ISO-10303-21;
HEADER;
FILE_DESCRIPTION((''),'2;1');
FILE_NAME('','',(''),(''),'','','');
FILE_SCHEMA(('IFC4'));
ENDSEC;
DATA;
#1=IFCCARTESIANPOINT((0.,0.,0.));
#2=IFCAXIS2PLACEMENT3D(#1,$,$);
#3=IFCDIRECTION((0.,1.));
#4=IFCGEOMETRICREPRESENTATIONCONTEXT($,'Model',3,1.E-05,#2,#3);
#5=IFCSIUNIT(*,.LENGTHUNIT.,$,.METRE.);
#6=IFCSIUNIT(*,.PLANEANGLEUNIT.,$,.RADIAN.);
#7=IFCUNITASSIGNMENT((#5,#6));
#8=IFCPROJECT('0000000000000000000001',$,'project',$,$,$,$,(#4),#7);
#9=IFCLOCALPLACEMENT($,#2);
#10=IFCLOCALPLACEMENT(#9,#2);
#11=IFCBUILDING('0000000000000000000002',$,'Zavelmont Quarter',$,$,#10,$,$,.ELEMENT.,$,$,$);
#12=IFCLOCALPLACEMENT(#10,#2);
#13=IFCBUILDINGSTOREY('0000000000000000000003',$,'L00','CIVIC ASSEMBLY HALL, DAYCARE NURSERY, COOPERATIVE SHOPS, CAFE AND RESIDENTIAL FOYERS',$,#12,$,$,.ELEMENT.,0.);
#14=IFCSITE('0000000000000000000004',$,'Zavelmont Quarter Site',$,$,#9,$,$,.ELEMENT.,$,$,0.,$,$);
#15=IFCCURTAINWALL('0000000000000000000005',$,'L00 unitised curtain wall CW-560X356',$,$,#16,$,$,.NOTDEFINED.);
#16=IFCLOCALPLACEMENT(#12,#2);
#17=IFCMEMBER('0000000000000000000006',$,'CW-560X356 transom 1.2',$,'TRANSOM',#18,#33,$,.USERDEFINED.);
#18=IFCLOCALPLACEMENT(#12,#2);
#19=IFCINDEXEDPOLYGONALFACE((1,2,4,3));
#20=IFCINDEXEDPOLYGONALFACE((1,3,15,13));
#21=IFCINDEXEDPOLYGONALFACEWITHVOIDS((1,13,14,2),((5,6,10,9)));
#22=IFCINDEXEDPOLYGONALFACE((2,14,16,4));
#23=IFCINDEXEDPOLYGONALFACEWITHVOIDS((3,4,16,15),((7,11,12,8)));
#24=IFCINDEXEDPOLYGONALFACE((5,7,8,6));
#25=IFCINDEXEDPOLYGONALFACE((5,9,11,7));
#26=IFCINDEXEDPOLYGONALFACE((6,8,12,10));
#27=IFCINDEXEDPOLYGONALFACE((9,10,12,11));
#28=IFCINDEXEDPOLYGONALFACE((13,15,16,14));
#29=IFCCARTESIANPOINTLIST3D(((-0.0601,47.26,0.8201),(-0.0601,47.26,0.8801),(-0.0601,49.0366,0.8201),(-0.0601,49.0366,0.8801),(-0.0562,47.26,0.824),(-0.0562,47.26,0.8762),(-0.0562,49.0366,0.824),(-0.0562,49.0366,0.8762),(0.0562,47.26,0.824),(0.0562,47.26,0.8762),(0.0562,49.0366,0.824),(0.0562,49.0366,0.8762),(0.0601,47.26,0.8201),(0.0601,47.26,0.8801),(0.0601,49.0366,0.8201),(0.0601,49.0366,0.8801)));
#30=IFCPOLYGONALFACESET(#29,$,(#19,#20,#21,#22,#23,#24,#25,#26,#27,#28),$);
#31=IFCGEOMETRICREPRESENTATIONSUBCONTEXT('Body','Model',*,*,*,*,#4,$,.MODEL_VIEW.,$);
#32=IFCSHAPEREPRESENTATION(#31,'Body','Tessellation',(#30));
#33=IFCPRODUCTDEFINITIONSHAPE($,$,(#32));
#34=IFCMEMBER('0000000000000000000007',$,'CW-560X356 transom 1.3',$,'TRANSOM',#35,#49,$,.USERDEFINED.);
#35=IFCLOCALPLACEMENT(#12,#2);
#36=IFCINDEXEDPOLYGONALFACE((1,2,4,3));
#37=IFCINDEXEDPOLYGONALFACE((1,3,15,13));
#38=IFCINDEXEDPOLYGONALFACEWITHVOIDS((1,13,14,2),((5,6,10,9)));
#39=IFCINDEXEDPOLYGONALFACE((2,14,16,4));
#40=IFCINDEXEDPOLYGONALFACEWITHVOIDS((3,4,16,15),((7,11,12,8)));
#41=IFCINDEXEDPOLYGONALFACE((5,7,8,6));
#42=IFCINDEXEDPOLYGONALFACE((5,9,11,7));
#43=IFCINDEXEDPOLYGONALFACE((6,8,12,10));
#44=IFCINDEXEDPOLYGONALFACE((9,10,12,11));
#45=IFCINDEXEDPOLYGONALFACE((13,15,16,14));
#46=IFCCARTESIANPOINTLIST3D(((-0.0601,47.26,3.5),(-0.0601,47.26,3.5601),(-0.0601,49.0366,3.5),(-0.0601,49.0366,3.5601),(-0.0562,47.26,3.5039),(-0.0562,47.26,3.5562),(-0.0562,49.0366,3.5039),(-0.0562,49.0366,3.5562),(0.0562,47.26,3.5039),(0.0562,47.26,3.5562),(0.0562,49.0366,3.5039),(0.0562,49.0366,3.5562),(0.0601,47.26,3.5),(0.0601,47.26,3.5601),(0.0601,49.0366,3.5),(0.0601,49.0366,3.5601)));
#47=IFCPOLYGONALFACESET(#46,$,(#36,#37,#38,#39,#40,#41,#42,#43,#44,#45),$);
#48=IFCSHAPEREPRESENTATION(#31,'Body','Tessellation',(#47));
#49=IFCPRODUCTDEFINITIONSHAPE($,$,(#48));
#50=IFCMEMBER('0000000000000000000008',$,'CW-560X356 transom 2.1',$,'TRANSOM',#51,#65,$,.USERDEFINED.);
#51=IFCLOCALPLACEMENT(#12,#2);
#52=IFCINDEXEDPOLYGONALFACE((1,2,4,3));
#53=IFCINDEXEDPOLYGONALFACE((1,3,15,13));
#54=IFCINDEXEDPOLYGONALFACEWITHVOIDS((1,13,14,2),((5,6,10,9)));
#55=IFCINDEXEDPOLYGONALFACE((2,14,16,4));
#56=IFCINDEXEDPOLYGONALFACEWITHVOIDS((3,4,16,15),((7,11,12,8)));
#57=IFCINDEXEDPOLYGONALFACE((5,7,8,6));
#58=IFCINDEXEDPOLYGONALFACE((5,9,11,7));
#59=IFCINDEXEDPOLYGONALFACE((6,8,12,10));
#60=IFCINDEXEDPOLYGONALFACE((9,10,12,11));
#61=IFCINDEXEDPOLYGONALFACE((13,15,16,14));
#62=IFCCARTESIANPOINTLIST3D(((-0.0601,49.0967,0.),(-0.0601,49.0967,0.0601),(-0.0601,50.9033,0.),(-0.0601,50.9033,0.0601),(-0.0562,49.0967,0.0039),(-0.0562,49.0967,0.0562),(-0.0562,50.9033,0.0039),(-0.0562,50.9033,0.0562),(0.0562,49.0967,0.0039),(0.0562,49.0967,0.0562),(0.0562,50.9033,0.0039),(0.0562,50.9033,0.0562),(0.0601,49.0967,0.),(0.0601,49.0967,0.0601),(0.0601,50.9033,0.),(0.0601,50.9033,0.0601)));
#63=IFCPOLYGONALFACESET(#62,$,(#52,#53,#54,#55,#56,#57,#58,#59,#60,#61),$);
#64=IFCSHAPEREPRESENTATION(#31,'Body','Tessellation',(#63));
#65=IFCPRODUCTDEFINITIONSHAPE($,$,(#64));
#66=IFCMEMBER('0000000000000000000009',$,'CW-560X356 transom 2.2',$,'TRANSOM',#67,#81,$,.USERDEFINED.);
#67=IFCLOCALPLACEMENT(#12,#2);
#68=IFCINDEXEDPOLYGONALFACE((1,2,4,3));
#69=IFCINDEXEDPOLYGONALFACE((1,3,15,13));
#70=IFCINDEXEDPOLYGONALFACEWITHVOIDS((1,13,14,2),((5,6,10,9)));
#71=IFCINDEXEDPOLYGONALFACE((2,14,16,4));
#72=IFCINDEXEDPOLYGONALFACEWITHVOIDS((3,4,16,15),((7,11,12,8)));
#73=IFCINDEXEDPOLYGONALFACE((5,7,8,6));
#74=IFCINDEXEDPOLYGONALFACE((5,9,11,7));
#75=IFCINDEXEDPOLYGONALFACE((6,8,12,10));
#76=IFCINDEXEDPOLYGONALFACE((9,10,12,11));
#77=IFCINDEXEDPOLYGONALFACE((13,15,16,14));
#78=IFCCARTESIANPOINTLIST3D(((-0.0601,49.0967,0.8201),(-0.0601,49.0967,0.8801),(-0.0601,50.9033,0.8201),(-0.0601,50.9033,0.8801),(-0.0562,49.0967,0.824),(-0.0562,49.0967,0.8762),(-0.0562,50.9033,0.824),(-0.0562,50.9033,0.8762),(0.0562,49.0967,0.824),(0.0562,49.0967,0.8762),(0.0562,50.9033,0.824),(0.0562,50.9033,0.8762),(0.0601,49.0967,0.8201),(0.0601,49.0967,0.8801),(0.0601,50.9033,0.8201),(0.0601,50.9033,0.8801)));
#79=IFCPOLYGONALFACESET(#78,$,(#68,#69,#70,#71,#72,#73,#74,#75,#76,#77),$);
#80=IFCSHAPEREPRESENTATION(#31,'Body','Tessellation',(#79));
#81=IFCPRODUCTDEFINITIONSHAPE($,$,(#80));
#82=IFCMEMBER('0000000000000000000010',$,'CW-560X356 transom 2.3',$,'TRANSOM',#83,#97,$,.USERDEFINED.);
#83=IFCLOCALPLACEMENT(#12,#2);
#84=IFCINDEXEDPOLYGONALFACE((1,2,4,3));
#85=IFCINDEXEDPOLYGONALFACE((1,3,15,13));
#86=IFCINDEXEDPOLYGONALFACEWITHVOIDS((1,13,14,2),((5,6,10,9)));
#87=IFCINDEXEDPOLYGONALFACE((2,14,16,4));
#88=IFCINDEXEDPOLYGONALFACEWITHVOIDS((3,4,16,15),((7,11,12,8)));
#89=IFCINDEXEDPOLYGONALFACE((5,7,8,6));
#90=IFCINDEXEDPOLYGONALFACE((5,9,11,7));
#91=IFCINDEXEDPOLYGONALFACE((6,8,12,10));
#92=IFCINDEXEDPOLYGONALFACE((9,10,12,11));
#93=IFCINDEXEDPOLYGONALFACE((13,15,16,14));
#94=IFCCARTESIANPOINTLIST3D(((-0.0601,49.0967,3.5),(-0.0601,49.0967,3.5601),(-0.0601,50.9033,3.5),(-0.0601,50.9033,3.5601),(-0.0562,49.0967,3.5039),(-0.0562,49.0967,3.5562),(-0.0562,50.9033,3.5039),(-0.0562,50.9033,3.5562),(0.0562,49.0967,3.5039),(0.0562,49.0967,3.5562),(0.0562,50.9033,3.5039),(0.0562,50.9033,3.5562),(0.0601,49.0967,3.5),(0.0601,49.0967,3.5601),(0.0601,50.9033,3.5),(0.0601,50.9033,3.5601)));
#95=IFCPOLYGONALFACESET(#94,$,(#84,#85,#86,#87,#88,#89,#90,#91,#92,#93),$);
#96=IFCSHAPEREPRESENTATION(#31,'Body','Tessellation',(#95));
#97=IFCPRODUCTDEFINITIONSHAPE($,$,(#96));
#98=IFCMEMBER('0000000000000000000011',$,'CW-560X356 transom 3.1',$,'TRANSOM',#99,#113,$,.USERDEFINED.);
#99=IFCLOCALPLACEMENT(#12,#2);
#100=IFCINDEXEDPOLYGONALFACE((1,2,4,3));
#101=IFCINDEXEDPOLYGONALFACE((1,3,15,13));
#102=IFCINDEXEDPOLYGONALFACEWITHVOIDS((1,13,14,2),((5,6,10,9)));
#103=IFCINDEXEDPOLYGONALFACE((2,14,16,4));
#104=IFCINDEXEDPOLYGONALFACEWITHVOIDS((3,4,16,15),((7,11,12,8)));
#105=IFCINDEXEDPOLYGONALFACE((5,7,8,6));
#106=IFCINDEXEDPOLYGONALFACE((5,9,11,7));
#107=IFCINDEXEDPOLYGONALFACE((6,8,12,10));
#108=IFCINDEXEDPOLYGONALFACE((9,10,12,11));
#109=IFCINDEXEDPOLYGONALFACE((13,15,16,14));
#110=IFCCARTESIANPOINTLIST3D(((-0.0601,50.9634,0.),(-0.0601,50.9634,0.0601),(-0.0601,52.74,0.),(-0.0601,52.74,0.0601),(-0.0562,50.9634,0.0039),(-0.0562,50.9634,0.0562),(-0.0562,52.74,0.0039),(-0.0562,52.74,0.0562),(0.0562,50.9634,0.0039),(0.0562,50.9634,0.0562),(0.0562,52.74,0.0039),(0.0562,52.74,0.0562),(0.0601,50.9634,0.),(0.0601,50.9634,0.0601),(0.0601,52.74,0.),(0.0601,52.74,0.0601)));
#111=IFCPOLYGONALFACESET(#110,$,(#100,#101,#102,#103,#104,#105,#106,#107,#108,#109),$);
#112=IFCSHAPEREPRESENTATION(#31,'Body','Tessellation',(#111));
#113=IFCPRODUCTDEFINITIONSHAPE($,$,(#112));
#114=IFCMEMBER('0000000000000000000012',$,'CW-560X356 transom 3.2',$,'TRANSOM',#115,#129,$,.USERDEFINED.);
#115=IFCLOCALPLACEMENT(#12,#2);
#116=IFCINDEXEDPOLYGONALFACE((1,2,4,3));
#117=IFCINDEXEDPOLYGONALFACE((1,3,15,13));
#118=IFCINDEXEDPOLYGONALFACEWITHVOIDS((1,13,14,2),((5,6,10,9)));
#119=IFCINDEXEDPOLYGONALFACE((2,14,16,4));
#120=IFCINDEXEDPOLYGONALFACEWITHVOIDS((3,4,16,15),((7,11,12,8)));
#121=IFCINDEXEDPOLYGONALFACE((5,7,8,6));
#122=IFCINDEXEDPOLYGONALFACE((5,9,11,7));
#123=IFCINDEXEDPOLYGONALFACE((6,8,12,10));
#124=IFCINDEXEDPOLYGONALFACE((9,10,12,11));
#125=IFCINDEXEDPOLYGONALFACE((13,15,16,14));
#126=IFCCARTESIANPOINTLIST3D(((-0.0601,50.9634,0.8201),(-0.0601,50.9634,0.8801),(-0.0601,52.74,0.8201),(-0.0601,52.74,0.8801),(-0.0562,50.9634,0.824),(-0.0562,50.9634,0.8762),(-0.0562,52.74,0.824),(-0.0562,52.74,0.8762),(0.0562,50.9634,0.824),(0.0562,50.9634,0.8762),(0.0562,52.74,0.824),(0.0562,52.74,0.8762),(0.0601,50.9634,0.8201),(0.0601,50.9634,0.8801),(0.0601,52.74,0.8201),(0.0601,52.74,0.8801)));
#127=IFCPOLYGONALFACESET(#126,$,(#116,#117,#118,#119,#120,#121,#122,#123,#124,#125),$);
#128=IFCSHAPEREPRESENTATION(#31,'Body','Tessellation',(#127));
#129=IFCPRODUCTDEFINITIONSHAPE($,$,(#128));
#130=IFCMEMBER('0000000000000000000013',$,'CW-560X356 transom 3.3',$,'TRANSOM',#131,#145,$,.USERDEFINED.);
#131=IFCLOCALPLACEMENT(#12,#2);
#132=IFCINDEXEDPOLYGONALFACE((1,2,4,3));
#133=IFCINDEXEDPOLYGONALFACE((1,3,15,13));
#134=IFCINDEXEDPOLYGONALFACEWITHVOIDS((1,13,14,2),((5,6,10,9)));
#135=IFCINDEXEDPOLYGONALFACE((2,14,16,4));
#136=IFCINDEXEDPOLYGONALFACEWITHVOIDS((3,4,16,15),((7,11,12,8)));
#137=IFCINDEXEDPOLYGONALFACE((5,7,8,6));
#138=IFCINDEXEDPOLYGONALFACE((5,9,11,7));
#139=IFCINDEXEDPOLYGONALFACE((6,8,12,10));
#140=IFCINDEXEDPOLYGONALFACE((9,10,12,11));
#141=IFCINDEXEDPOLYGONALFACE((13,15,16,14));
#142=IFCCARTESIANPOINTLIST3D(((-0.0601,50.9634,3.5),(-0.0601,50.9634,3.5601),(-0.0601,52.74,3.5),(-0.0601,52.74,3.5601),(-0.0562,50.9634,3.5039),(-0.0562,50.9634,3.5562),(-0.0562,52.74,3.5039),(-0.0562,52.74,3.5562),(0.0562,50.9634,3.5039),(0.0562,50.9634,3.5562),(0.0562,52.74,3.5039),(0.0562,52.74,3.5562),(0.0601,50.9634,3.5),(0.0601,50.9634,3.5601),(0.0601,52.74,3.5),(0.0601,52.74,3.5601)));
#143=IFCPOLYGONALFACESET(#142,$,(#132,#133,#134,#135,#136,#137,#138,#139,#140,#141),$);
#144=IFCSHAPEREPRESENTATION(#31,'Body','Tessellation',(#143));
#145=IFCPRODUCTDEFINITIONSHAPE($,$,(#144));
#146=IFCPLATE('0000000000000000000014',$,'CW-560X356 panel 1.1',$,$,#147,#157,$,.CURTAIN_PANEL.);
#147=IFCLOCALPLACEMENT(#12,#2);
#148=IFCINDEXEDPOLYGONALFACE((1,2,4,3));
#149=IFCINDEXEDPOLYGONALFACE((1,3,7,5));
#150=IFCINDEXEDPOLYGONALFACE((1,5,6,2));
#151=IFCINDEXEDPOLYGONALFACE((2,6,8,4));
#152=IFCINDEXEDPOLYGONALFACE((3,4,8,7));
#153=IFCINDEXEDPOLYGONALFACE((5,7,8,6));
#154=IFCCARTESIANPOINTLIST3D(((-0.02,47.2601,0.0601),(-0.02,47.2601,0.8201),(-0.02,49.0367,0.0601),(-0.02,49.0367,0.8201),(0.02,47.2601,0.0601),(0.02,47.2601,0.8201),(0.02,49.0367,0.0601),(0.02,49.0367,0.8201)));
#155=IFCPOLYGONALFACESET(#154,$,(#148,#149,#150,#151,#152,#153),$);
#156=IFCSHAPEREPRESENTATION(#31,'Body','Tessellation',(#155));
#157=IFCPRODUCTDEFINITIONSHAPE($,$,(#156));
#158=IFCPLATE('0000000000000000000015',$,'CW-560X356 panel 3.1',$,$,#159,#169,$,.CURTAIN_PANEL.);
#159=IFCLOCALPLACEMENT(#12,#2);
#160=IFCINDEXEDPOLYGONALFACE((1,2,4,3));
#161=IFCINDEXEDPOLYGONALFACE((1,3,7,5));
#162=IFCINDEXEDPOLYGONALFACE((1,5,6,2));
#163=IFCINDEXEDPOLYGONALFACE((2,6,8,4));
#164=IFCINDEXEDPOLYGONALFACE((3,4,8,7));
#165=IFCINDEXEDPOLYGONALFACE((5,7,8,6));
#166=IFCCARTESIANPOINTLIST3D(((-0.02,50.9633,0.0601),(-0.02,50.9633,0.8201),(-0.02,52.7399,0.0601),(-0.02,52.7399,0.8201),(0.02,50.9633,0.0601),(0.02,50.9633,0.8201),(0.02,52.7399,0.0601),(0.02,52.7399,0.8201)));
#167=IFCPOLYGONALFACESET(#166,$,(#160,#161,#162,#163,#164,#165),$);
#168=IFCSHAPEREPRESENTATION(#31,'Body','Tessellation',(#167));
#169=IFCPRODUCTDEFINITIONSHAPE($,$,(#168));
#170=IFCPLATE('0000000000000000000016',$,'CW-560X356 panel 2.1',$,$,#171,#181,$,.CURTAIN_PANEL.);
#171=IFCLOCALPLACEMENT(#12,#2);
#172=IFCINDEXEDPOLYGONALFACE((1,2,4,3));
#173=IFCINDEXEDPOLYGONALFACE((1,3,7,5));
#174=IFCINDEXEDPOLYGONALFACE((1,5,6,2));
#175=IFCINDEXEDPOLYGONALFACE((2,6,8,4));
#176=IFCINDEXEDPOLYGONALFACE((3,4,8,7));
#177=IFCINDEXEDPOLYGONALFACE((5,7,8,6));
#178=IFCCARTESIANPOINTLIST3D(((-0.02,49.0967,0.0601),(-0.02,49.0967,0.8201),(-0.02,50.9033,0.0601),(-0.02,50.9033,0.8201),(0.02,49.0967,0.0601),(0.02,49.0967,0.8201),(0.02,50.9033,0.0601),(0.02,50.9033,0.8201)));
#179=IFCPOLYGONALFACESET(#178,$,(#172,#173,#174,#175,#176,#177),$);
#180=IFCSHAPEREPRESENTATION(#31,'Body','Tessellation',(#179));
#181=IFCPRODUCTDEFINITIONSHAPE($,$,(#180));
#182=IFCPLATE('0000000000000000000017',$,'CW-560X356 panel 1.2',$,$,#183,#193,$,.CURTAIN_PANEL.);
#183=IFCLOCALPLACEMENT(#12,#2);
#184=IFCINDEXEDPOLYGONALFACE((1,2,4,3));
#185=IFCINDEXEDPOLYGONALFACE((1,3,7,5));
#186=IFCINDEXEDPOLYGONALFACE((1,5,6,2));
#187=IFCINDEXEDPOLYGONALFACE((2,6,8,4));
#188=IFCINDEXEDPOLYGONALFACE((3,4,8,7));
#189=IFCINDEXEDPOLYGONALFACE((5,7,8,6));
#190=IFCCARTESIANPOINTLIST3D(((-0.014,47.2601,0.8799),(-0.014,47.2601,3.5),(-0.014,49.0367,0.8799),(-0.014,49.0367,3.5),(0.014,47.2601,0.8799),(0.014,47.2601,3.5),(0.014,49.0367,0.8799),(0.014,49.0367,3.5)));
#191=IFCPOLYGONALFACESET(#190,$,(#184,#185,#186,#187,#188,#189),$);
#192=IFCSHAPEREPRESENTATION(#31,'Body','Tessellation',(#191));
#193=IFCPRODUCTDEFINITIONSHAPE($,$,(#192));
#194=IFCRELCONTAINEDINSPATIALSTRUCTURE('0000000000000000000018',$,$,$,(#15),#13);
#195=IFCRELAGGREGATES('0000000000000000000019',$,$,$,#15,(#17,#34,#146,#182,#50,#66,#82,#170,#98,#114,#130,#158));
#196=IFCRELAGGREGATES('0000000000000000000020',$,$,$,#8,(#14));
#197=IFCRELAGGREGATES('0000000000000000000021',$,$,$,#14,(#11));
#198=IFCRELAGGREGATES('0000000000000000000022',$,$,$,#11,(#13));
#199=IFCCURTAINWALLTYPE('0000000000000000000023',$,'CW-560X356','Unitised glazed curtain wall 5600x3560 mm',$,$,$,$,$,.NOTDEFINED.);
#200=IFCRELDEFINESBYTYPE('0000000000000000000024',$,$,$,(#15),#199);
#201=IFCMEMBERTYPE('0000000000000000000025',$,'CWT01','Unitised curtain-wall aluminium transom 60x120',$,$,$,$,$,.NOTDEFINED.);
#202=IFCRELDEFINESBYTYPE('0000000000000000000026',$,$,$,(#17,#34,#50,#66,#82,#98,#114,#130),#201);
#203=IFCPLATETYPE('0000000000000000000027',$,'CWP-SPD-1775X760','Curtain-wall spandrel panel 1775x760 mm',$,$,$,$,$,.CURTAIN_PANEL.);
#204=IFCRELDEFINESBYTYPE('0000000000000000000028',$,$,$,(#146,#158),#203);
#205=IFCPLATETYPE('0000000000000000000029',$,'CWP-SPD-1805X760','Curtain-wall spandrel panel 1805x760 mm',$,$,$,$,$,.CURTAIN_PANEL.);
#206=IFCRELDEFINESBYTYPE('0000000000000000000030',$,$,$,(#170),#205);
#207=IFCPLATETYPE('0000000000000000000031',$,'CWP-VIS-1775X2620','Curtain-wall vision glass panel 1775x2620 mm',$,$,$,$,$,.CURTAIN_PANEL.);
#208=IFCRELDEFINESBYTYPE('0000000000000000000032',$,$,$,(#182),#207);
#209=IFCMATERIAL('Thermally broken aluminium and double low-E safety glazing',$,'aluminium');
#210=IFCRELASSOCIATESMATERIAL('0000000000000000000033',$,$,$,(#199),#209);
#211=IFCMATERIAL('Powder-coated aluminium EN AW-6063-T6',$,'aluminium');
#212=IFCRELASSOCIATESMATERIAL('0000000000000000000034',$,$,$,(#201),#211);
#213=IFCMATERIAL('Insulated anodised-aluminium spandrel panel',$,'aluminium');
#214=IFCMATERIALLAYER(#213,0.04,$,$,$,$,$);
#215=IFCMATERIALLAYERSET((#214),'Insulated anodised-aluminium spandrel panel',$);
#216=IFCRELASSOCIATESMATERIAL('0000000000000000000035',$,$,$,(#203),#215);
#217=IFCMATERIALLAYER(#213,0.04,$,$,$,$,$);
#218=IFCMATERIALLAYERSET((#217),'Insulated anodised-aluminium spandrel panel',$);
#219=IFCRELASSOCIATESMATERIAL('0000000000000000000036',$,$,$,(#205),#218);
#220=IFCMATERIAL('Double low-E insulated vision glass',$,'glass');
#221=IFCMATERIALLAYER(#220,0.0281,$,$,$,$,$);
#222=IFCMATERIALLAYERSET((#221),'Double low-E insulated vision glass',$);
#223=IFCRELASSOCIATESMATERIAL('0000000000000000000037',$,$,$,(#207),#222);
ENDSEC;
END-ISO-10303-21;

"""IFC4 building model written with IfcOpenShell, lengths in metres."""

from ifc_helpers import new_model, si_unit, direction, frame, origin, origin_2d, place, context, subcontext, project, spatial, rectangle, hollow_rectangle, extrude, material, layer, layer_set, material_profile, profile_set, type_object, element, aggregate, save


model = new_model("IFC4")

# Units and contexts
model_context = context("Model", 3, precision=1e-05, world=origin(), true_north=direction((0.0, 1.0)))
body_context = subcontext(model_context, "Body", "Model", "MODEL_VIEW")
ifc_project = project(units=[si_unit("LENGTHUNIT", "METRE"), si_unit("PLANEANGLEUNIT", "RADIAN")], contexts=[model_context])

# Site, building, storey
site_placement = place(None, origin())
site = spatial("IfcSite", under=ifc_project, at=site_placement, Name="Zavelmont Quarter Site", CompositionType="ELEMENT", RefElevation=0.0)
building_placement = place(site_placement, origin())
building = spatial("IfcBuilding", under=site, at=building_placement, Name="Zavelmont Quarter", CompositionType="ELEMENT")
storey_placement = place(building_placement, origin())
storey = spatial("IfcBuildingStorey", under=building, at=storey_placement, Name="L00", Description="CIVIC ASSEMBLY HALL, DAYCARE NURSERY, COOPERATIVE SHOPS, CAFE AND RESIDENTIAL FOYERS", CompositionType="ELEMENT", Elevation=0.0)

# Curtain wall, members, plates
ifc_material_1 = material(Name="Thermally broken aluminium and double low-E safety glazing", Category="aluminium")
curtain_wall_type = type_object("IfcCurtainWallType", Name="CW-560X356", Description="Unitised glazed curtain wall 5600x3560 mm", PredefinedType="NOTDEFINED", material=ifc_material_1)
curtain_wall_placement = place(storey_placement, origin())
curtain_wall = element("IfcCurtainWall", 1, at=curtain_wall_placement, inside=storey, type_object=curtain_wall_type, Name="L00 unitised curtain wall CW-560X356", PredefinedType="NOTDEFINED")
ifc_material_2 = material(Name="Powder-coated aluminium EN AW-6063-T6", Category="aluminium")
ifc_material_profile_1 = material_profile(ifc_material_2, hollow_rectangle(XDim=0.1201, YDim=0.0601, WallThickness=0.0039, at=origin_2d()), Name="CWT60X120")
ifc_profile_set_1 = profile_set([ifc_material_profile_1], Name="Powder-coated aluminium EN AW-6063-T6")
member_type_1 = type_object("IfcMemberType", Name="CWT01", Description="Unitised curtain-wall aluminium transom 60x120", PredefinedType="NOTDEFINED", material=ifc_profile_set_1)
member_1_placement = place(storey_placement, frame((0.0, 47.26, 0.8501), z_axis=(0.0, 1.0, 0.0), x_axis=(-1.0, 0.0, 0.0)))
member_1 = element("IfcMember", 2, at=member_1_placement, type_object=member_type_1, Name="CW-560X356 transom 1.2", ObjectType="TRANSOM", PredefinedType="USERDEFINED", context=body_context, shape_type="SweptSolid", body=[
    extrude(hollow_rectangle(XDim=0.1201, YDim=0.0601, WallThickness=0.0039, at=origin_2d()), origin(), (0.0, 0.0, 1.0), 1.7766),
])
member_2_placement = place(storey_placement, frame((0.0, 47.26, 3.53), z_axis=(0.0, 1.0, 0.0), x_axis=(-1.0, 0.0, 0.0)))
member_2 = element("IfcMember", 3, at=member_2_placement, type_object=member_type_1, Name="CW-560X356 transom 1.3", ObjectType="TRANSOM", PredefinedType="USERDEFINED", context=body_context, shape_type="SweptSolid", body=[
    extrude(hollow_rectangle(XDim=0.1201, YDim=0.0601, WallThickness=0.0039, at=origin_2d()), origin(), (0.0, 0.0, 1.0), 1.7766),
])
member_3_placement = place(storey_placement, frame((0.0, 49.0967, 0.03), z_axis=(0.0, 1.0, 0.0), x_axis=(-1.0, 0.0, 0.0)))
member_3 = element("IfcMember", 4, at=member_3_placement, type_object=member_type_1, Name="CW-560X356 transom 2.1", ObjectType="TRANSOM", PredefinedType="USERDEFINED", context=body_context, shape_type="SweptSolid", body=[
    extrude(hollow_rectangle(XDim=0.1201, YDim=0.0601, WallThickness=0.0039, at=origin_2d()), origin(), (0.0, 0.0, 1.0), 1.8066),
])
member_4_placement = place(storey_placement, frame((0.0, 49.0967, 0.8501), z_axis=(0.0, 1.0, 0.0), x_axis=(-1.0, 0.0, 0.0)))
member_4 = element("IfcMember", 5, at=member_4_placement, type_object=member_type_1, Name="CW-560X356 transom 2.2", ObjectType="TRANSOM", PredefinedType="USERDEFINED", context=body_context, shape_type="SweptSolid", body=[
    extrude(hollow_rectangle(XDim=0.1201, YDim=0.0601, WallThickness=0.0039, at=origin_2d()), origin(), (0.0, 0.0, 1.0), 1.8066),
])
member_5_placement = place(storey_placement, frame((0.0, 49.0967, 3.53), z_axis=(0.0, 1.0, 0.0), x_axis=(-1.0, 0.0, 0.0)))
member_5 = element("IfcMember", 6, at=member_5_placement, type_object=member_type_1, Name="CW-560X356 transom 2.3", ObjectType="TRANSOM", PredefinedType="USERDEFINED", context=body_context, shape_type="SweptSolid", body=[
    extrude(hollow_rectangle(XDim=0.1201, YDim=0.0601, WallThickness=0.0039, at=origin_2d()), origin(), (0.0, 0.0, 1.0), 1.8066),
])
member_6_placement = place(storey_placement, frame((0.0, 50.9634, 0.03), z_axis=(0.0, 1.0, 0.0), x_axis=(-1.0, 0.0, 0.0)))
member_6 = element("IfcMember", 7, at=member_6_placement, type_object=member_type_1, Name="CW-560X356 transom 3.1", ObjectType="TRANSOM", PredefinedType="USERDEFINED", context=body_context, shape_type="SweptSolid", body=[
    extrude(hollow_rectangle(XDim=0.1201, YDim=0.0601, WallThickness=0.0039, at=origin_2d()), origin(), (0.0, 0.0, 1.0), 1.7766),
])
member_7_placement = place(storey_placement, frame((0.0, 50.9634, 0.8501), z_axis=(0.0, 1.0, 0.0), x_axis=(-1.0, 0.0, 0.0)))
member_7 = element("IfcMember", 8, at=member_7_placement, type_object=member_type_1, Name="CW-560X356 transom 3.2", ObjectType="TRANSOM", PredefinedType="USERDEFINED", context=body_context, shape_type="SweptSolid", body=[
    extrude(hollow_rectangle(XDim=0.1201, YDim=0.0601, WallThickness=0.0039, at=origin_2d()), origin(), (0.0, 0.0, 1.0), 1.7766),
])
member_8_placement = place(storey_placement, frame((0.0, 50.9634, 3.53), z_axis=(0.0, 1.0, 0.0), x_axis=(-1.0, 0.0, 0.0)))
member_8 = element("IfcMember", 9, at=member_8_placement, type_object=member_type_1, Name="CW-560X356 transom 3.3", ObjectType="TRANSOM", PredefinedType="USERDEFINED", context=body_context, shape_type="SweptSolid", body=[
    extrude(hollow_rectangle(XDim=0.1201, YDim=0.0601, WallThickness=0.0039, at=origin_2d()), origin(), (0.0, 0.0, 1.0), 1.7766),
])
ifc_material_3 = material(Name="Insulated anodised-aluminium spandrel panel", Category="aluminium")
ifc_layer_1 = layer(ifc_material_3, 0.04)
ifc_layer_set_1 = layer_set([ifc_layer_1], Name="Insulated anodised-aluminium spandrel panel")
plate_type_1 = type_object("IfcPlateType", Name="CWP-SPD-1775X760", Description="Curtain-wall spandrel panel 1775x760 mm", PredefinedType="CURTAIN_PANEL", material=ifc_layer_set_1)
plate_1_placement = place(storey_placement, frame((0.0, 48.1484, 0.0601), z_axis=(0.0, 0.0, 1.0), x_axis=(0.0, 1.0, 0.0)))
plate_1 = element("IfcPlate", 10, at=plate_1_placement, type_object=plate_type_1, Name="CW-560X356 panel 1.1", PredefinedType="CURTAIN_PANEL", context=body_context, shape_type="SweptSolid", body=[
    extrude(rectangle(XDim=1.7766, YDim=0.04, at=origin_2d()), origin(), (0.0, 0.0, 1.0), 0.76),
])
plate_2_placement = place(storey_placement, frame((0.0, 51.8516, 0.0601), z_axis=(0.0, 0.0, 1.0), x_axis=(0.0, 1.0, 0.0)))
plate_2 = element("IfcPlate", 11, at=plate_2_placement, type_object=plate_type_1, Name="CW-560X356 panel 3.1", PredefinedType="CURTAIN_PANEL", context=body_context, shape_type="SweptSolid", body=[
    extrude(rectangle(XDim=1.7766, YDim=0.04, at=origin_2d()), origin(), (0.0, 0.0, 1.0), 0.76),
])
ifc_layer_2 = layer(ifc_material_3, 0.04)
ifc_layer_set_2 = layer_set([ifc_layer_2], Name="Insulated anodised-aluminium spandrel panel")
plate_type_2 = type_object("IfcPlateType", Name="CWP-SPD-1805X760", Description="Curtain-wall spandrel panel 1805x760 mm", PredefinedType="CURTAIN_PANEL", material=ifc_layer_set_2)
plate_3_placement = place(storey_placement, frame((0.0, 50.0, 0.0601), z_axis=(0.0, 0.0, 1.0), x_axis=(0.0, 1.0, 0.0)))
plate_3 = element("IfcPlate", 12, at=plate_3_placement, type_object=plate_type_2, Name="CW-560X356 panel 2.1", PredefinedType="CURTAIN_PANEL", context=body_context, shape_type="SweptSolid", body=[
    extrude(rectangle(XDim=1.8066, YDim=0.04, at=origin_2d()), origin(), (0.0, 0.0, 1.0), 0.76),
])
ifc_material_4 = material(Name="Double low-E insulated vision glass", Category="glass")
ifc_layer_3 = layer(ifc_material_4, 0.0281)
ifc_layer_set_3 = layer_set([ifc_layer_3], Name="Double low-E insulated vision glass")
plate_type_3 = type_object("IfcPlateType", Name="CWP-VIS-1775X2620", Description="Curtain-wall vision glass panel 1775x2620 mm", PredefinedType="CURTAIN_PANEL", material=ifc_layer_set_3)
plate_4_placement = place(storey_placement, frame((0.0, 48.1484, 0.8799), z_axis=(0.0, 0.0, 1.0), x_axis=(0.0, 1.0, 0.0)))
plate_4 = element("IfcPlate", 13, at=plate_4_placement, type_object=plate_type_3, Name="CW-560X356 panel 1.2", PredefinedType="CURTAIN_PANEL", context=body_context, shape_type="SweptSolid", body=[
    extrude(rectangle(XDim=1.7766, YDim=0.0281, at=origin_2d()), origin(), (0.0, 0.0, 1.0), 2.6201),
])
aggregate(curtain_wall, [member_1, member_2, plate_1, plate_4, member_3, member_4, member_5, plate_3, member_6, member_7, member_8, plate_2])

save(model, "model.ifc")
